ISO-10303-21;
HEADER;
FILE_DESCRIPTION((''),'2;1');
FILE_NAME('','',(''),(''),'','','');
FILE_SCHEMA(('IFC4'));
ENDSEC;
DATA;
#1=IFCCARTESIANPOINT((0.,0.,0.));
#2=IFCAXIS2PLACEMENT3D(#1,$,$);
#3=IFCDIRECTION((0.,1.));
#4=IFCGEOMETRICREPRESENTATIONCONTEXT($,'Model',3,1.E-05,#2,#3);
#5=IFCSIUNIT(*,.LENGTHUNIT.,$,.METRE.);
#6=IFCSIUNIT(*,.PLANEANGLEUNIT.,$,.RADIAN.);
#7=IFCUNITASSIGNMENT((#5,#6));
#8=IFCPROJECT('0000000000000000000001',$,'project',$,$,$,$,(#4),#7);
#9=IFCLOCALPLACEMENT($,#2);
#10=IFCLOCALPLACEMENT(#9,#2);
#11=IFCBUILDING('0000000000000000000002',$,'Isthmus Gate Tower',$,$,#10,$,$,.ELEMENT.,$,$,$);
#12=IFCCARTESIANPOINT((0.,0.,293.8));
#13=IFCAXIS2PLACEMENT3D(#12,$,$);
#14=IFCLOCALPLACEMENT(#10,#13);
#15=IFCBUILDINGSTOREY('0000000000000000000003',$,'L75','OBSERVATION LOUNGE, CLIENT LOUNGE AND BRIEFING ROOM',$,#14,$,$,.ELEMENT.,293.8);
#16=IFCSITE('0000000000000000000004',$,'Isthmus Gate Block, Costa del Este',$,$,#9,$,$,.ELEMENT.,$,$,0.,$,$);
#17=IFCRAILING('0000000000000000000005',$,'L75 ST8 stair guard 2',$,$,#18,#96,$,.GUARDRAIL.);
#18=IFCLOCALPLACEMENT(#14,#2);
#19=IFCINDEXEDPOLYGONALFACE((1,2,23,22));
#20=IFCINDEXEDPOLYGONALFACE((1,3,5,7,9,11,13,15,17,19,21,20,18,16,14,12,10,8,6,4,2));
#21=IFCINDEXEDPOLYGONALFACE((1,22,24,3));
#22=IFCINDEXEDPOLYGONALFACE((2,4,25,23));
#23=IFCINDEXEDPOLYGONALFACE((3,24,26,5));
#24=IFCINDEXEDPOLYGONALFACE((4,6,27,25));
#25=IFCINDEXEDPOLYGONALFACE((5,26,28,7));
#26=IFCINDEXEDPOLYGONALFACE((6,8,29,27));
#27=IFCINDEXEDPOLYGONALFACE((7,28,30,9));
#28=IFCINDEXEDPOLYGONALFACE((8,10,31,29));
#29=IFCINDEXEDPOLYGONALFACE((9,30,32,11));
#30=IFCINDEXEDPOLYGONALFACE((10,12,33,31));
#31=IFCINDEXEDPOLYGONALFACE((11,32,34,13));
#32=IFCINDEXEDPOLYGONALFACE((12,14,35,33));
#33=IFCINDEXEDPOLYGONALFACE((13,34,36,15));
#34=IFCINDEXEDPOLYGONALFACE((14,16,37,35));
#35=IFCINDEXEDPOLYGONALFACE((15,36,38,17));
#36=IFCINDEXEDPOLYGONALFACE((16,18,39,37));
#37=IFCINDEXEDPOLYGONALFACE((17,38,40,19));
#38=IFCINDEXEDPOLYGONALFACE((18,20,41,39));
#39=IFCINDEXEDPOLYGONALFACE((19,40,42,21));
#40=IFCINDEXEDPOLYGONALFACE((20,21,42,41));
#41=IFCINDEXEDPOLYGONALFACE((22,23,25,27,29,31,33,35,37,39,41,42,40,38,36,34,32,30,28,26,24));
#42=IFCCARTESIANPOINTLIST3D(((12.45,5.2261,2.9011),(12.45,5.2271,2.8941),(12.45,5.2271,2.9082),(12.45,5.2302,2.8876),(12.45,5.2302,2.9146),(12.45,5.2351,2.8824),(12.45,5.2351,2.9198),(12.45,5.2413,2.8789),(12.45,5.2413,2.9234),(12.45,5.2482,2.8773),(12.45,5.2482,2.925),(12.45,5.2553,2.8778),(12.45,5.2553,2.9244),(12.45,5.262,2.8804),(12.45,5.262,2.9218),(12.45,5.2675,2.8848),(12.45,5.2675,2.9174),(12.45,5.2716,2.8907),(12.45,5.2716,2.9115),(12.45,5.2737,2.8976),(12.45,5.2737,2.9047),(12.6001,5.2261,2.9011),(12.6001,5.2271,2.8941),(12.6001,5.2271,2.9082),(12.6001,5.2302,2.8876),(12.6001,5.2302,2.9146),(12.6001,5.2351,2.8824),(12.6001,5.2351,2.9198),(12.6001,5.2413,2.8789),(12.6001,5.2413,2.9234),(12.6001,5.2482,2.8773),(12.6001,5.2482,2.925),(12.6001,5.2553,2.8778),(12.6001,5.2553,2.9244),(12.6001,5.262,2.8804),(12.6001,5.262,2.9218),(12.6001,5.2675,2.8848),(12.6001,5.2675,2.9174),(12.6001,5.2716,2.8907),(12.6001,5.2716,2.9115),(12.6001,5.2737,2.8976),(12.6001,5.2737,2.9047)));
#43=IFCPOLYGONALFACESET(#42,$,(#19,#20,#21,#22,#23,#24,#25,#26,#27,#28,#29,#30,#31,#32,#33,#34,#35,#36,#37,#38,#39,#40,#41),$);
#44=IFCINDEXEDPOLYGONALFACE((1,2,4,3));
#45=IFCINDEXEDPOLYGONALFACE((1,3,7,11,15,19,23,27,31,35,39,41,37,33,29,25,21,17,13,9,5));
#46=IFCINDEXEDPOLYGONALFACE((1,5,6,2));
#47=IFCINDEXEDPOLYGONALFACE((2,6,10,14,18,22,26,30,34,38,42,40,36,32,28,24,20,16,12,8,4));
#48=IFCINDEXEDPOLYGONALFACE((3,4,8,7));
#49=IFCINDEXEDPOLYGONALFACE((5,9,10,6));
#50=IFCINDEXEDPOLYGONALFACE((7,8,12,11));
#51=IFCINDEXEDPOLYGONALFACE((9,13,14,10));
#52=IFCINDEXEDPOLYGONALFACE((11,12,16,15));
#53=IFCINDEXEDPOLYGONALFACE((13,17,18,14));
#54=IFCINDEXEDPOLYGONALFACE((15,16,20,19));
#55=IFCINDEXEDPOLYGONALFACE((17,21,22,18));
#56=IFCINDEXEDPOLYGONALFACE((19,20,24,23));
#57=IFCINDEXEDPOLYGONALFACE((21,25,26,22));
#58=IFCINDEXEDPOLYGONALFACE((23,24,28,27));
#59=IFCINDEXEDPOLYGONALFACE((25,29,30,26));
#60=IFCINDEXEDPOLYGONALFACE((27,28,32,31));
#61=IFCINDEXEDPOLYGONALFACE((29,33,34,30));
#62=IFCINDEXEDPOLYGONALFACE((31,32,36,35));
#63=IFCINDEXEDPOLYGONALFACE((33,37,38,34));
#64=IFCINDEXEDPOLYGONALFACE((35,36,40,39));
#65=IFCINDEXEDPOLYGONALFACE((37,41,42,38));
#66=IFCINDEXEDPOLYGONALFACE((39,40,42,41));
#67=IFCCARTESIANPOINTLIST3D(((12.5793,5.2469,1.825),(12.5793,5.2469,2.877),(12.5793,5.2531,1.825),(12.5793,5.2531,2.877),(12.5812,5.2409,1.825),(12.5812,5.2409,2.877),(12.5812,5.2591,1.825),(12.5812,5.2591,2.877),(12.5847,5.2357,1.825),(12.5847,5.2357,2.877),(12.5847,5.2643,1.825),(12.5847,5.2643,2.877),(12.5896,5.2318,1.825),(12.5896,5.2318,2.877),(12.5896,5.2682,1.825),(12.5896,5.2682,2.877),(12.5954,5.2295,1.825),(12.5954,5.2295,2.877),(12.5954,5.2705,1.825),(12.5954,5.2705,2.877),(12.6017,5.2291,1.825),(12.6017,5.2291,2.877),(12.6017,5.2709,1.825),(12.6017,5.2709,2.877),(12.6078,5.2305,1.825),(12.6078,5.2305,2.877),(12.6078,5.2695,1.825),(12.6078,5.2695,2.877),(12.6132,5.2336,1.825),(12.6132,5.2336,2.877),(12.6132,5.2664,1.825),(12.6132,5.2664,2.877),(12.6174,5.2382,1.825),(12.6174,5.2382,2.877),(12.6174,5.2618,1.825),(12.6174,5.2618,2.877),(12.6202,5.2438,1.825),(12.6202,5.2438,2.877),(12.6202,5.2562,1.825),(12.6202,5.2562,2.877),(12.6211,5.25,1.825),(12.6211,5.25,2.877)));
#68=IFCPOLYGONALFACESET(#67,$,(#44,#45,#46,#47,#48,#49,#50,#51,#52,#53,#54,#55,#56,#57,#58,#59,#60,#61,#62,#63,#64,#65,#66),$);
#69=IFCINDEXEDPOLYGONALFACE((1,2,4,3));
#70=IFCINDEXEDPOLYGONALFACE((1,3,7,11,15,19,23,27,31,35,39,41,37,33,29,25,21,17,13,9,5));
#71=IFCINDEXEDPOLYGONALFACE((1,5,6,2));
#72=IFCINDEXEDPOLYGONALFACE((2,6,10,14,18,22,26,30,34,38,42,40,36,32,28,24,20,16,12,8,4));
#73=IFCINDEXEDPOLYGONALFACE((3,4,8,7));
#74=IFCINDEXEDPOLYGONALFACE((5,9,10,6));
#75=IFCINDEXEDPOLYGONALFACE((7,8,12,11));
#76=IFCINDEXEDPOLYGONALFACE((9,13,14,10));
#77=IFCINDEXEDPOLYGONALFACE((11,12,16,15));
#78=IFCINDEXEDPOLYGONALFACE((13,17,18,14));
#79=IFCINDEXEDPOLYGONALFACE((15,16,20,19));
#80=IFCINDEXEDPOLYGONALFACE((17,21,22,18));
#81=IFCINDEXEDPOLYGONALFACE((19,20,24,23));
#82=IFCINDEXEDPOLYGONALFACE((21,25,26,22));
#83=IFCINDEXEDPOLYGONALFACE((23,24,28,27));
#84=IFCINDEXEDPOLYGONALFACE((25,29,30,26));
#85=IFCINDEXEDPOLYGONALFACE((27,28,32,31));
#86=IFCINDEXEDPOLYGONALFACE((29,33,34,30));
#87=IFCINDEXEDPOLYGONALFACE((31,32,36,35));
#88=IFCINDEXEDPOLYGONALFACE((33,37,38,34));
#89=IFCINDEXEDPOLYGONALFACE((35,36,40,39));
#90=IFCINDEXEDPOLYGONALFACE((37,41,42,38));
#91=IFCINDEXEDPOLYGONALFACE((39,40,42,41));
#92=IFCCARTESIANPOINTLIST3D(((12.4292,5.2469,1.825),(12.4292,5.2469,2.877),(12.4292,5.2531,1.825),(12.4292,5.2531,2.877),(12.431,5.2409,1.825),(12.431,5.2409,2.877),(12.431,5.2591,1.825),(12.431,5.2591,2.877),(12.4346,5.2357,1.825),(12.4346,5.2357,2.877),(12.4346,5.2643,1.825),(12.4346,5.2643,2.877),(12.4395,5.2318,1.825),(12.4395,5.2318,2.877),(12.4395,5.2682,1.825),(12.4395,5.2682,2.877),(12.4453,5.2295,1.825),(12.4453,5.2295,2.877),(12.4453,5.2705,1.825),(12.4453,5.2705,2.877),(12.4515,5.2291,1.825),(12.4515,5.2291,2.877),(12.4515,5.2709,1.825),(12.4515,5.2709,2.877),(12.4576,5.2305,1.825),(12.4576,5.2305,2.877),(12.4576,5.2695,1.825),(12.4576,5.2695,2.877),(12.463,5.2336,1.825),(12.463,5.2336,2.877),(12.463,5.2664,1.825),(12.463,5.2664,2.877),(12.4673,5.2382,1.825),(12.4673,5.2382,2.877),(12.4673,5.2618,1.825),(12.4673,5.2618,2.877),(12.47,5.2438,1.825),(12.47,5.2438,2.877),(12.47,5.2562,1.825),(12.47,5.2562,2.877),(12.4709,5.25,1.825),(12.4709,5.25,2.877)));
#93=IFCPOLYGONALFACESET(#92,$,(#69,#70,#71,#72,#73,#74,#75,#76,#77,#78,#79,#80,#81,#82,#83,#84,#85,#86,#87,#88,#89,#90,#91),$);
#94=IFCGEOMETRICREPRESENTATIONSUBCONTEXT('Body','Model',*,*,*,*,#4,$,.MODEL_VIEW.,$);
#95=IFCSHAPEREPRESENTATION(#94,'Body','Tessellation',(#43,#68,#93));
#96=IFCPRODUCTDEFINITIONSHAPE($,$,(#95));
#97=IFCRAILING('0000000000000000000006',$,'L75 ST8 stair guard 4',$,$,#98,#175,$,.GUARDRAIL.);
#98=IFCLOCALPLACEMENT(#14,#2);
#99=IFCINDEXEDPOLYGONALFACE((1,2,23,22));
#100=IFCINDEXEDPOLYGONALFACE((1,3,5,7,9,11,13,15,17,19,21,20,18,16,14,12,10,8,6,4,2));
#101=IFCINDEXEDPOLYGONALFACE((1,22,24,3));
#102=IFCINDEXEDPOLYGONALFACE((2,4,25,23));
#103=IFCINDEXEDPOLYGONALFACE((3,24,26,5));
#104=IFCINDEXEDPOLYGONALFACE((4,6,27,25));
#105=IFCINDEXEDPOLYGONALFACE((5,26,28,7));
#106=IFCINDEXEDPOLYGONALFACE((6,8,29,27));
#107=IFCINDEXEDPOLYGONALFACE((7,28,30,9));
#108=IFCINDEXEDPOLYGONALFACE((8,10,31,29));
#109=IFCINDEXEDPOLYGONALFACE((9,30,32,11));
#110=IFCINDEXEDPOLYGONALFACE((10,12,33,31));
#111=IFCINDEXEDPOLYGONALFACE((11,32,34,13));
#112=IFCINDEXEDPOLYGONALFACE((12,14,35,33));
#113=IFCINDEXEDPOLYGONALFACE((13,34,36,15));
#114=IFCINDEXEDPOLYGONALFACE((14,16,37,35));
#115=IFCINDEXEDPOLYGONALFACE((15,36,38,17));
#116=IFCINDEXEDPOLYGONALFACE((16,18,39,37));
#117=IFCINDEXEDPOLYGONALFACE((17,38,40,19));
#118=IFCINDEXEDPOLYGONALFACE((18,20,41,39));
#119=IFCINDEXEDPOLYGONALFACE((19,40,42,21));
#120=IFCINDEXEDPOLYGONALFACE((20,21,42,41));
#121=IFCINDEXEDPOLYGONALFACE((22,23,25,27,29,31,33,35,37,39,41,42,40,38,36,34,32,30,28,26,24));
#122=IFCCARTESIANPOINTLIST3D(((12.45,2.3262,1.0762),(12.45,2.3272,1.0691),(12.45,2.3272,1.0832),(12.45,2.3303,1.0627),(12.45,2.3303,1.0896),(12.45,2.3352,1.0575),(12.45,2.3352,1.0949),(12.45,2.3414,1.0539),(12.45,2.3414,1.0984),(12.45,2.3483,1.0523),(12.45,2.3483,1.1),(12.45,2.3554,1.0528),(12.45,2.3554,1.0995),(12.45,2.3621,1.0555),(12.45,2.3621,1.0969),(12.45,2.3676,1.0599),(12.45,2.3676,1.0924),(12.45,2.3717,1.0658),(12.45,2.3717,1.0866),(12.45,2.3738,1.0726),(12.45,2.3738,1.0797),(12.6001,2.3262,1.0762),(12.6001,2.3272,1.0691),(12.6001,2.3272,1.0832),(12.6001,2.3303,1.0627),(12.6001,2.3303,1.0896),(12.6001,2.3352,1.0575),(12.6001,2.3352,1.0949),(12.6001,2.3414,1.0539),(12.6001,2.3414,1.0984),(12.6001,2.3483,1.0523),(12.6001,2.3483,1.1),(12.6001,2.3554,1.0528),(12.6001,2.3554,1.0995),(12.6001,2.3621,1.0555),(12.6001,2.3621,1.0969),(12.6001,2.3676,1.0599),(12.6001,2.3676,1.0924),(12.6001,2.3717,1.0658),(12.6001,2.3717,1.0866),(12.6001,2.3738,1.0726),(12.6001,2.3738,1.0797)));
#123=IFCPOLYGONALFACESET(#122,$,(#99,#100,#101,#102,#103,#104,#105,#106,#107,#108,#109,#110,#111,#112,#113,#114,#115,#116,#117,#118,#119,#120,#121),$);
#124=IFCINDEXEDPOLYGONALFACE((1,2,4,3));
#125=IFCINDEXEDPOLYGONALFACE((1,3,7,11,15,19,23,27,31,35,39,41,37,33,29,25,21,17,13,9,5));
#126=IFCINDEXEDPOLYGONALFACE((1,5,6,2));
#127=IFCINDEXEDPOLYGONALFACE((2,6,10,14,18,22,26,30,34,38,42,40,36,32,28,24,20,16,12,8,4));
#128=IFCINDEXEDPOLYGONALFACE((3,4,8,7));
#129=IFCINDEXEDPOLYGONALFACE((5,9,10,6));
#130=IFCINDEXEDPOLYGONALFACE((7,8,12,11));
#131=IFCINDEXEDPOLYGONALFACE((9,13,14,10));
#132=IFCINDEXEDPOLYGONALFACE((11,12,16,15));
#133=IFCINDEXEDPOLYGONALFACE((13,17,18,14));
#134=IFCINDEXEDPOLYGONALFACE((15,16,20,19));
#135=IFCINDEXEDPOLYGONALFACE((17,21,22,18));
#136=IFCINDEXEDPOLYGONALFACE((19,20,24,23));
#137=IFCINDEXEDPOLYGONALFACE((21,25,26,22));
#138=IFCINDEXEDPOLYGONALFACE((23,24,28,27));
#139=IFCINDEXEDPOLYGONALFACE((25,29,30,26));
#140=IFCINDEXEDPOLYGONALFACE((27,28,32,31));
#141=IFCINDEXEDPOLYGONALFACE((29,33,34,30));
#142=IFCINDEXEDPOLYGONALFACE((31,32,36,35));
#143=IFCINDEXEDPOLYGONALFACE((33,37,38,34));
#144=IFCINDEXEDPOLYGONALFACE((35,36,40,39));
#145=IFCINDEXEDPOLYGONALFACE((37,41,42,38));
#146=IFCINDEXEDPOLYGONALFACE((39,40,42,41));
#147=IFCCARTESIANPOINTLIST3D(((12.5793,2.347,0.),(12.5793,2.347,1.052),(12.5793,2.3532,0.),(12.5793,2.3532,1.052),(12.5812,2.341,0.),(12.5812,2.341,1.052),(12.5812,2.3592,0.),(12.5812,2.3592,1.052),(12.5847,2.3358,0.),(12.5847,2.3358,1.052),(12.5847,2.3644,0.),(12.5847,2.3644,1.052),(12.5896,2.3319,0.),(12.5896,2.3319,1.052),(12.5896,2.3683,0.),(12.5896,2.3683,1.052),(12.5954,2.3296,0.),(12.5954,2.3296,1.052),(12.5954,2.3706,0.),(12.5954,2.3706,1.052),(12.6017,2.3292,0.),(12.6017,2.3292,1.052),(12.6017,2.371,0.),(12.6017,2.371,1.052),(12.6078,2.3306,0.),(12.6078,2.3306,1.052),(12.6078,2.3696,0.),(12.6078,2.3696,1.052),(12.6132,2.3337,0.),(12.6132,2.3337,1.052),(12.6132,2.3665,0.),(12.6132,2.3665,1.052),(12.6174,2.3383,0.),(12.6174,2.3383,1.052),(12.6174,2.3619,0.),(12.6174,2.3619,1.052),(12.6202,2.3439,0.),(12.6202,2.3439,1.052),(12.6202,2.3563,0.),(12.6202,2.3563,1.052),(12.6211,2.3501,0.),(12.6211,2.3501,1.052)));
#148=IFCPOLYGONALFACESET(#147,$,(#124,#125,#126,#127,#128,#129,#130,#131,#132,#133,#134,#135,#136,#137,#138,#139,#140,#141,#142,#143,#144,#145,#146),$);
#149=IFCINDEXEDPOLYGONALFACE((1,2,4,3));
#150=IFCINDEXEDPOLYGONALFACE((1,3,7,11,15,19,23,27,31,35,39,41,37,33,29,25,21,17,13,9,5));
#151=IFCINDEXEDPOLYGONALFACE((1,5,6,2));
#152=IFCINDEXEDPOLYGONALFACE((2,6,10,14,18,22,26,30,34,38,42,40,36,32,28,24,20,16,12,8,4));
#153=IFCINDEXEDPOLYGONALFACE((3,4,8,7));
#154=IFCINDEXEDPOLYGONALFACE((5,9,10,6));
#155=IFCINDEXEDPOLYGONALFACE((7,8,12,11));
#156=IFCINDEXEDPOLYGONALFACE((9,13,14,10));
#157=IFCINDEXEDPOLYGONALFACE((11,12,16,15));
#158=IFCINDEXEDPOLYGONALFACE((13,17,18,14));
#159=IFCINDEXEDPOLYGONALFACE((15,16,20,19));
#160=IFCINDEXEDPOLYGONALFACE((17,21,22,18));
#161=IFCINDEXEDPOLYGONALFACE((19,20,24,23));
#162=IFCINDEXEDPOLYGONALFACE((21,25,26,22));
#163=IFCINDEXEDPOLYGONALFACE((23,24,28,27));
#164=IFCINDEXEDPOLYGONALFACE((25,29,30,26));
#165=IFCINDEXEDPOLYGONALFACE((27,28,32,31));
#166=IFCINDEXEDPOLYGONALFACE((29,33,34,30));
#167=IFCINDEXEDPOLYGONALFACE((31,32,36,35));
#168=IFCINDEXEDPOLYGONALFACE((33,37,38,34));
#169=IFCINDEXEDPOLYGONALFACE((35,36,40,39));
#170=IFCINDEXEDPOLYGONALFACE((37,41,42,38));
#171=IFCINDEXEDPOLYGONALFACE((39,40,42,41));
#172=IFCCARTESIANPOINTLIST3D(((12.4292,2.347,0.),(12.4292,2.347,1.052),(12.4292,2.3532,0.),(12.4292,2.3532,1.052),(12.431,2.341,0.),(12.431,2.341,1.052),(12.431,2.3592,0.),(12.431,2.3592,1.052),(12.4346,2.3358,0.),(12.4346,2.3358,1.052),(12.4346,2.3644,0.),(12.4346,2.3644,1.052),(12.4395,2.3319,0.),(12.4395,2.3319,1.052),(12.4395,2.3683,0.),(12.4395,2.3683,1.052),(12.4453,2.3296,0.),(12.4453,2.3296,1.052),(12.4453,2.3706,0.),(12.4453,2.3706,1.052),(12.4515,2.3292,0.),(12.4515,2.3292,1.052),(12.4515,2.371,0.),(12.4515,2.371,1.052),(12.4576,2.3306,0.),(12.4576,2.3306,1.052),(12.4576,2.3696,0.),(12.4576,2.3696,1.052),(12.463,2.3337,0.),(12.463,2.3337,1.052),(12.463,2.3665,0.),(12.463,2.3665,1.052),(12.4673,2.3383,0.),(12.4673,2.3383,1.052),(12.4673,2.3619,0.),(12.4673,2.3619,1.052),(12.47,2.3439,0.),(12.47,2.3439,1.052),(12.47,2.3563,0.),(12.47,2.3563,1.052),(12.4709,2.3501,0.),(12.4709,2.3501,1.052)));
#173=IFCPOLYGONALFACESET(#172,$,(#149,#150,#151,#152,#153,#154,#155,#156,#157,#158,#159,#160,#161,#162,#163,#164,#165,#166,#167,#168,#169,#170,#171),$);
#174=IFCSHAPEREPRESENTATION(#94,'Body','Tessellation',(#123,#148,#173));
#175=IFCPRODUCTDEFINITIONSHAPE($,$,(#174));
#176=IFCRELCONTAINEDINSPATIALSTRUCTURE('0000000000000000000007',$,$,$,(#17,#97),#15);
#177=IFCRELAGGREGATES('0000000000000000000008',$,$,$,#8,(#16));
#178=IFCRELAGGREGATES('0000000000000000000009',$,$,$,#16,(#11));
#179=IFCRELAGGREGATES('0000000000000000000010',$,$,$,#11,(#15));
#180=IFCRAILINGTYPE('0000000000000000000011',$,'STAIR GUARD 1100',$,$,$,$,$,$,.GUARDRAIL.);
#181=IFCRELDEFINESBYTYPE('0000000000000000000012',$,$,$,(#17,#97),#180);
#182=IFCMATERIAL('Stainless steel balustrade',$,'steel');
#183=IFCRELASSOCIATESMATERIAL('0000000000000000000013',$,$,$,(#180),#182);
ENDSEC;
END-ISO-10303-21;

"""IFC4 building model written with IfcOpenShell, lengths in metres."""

from ifc_helpers import new_model, si_unit, direction, frame, origin, origin_2d, place, context, subcontext, project, spatial, circle, extrude, material, type_object, element, save


model = new_model("IFC4")

# Units and contexts
model_context = context("Model", 3, precision=1e-05, world=origin(), true_north=direction((0.0, 1.0)))
body_context = subcontext(model_context, "Body", "Model", "MODEL_VIEW")
ifc_project = project(units=[si_unit("LENGTHUNIT", "METRE"), si_unit("PLANEANGLEUNIT", "RADIAN")], contexts=[model_context])

# Site, building, storey
site_placement = place(None, origin())
site = spatial("IfcSite", under=ifc_project, at=site_placement, Name="Isthmus Gate Block, Costa del Este", CompositionType="ELEMENT", RefElevation=0.0)
building_placement = place(site_placement, origin())
building = spatial("IfcBuilding", under=site, at=building_placement, Name="Isthmus Gate Tower", CompositionType="ELEMENT")
storey_placement = place(building_placement, frame((0.0, 0.0, 293.8)))
storey = spatial("IfcBuildingStorey", under=building, at=storey_placement, Name="L75", Description="OBSERVATION LOUNGE, CLIENT LOUNGE AND BRIEFING ROOM", CompositionType="ELEMENT", Elevation=293.8)

# Railings
ifc_material_1 = material(Name="Stainless steel balustrade", Category="steel")
railing_type_1 = type_object("IfcRailingType", Name="STAIR GUARD 1100", PredefinedType="GUARDRAIL", material=ifc_material_1)
for number, where, name in (
    (1, (12.6001, 5.25, 1.825), "L75 ST8 stair guard 2"),
    (2, (12.6001, 2.3501, 0.0), "L75 ST8 stair guard 4"),
):
    element("IfcRailing", number, at=place(storey_placement, frame(where)), inside=storey, type_object=railing_type_1, Name=name, PredefinedType="GUARDRAIL", context=body_context, shape_type="SweptSolid", body=[
        extrude(circle(Radius=0.0239, at=origin_2d()), frame((0.0, 0.0, 1.0762), z_axis=(-1.0, 0.0, 0.0), x_axis=(0.0, -1.0, 0.0)), (0.0, 0.0, 1.0), 0.1501),
        extrude(circle(Radius=0.021, at=origin_2d()), origin(), (0.0, 0.0, 1.0), 1.052),
        extrude(circle(Radius=0.021, at=origin_2d()), frame((-0.1501, 0.0, 0.0)), (0.0, 0.0, 1.0), 1.052),
    ])

save(model, "model.ifc")
